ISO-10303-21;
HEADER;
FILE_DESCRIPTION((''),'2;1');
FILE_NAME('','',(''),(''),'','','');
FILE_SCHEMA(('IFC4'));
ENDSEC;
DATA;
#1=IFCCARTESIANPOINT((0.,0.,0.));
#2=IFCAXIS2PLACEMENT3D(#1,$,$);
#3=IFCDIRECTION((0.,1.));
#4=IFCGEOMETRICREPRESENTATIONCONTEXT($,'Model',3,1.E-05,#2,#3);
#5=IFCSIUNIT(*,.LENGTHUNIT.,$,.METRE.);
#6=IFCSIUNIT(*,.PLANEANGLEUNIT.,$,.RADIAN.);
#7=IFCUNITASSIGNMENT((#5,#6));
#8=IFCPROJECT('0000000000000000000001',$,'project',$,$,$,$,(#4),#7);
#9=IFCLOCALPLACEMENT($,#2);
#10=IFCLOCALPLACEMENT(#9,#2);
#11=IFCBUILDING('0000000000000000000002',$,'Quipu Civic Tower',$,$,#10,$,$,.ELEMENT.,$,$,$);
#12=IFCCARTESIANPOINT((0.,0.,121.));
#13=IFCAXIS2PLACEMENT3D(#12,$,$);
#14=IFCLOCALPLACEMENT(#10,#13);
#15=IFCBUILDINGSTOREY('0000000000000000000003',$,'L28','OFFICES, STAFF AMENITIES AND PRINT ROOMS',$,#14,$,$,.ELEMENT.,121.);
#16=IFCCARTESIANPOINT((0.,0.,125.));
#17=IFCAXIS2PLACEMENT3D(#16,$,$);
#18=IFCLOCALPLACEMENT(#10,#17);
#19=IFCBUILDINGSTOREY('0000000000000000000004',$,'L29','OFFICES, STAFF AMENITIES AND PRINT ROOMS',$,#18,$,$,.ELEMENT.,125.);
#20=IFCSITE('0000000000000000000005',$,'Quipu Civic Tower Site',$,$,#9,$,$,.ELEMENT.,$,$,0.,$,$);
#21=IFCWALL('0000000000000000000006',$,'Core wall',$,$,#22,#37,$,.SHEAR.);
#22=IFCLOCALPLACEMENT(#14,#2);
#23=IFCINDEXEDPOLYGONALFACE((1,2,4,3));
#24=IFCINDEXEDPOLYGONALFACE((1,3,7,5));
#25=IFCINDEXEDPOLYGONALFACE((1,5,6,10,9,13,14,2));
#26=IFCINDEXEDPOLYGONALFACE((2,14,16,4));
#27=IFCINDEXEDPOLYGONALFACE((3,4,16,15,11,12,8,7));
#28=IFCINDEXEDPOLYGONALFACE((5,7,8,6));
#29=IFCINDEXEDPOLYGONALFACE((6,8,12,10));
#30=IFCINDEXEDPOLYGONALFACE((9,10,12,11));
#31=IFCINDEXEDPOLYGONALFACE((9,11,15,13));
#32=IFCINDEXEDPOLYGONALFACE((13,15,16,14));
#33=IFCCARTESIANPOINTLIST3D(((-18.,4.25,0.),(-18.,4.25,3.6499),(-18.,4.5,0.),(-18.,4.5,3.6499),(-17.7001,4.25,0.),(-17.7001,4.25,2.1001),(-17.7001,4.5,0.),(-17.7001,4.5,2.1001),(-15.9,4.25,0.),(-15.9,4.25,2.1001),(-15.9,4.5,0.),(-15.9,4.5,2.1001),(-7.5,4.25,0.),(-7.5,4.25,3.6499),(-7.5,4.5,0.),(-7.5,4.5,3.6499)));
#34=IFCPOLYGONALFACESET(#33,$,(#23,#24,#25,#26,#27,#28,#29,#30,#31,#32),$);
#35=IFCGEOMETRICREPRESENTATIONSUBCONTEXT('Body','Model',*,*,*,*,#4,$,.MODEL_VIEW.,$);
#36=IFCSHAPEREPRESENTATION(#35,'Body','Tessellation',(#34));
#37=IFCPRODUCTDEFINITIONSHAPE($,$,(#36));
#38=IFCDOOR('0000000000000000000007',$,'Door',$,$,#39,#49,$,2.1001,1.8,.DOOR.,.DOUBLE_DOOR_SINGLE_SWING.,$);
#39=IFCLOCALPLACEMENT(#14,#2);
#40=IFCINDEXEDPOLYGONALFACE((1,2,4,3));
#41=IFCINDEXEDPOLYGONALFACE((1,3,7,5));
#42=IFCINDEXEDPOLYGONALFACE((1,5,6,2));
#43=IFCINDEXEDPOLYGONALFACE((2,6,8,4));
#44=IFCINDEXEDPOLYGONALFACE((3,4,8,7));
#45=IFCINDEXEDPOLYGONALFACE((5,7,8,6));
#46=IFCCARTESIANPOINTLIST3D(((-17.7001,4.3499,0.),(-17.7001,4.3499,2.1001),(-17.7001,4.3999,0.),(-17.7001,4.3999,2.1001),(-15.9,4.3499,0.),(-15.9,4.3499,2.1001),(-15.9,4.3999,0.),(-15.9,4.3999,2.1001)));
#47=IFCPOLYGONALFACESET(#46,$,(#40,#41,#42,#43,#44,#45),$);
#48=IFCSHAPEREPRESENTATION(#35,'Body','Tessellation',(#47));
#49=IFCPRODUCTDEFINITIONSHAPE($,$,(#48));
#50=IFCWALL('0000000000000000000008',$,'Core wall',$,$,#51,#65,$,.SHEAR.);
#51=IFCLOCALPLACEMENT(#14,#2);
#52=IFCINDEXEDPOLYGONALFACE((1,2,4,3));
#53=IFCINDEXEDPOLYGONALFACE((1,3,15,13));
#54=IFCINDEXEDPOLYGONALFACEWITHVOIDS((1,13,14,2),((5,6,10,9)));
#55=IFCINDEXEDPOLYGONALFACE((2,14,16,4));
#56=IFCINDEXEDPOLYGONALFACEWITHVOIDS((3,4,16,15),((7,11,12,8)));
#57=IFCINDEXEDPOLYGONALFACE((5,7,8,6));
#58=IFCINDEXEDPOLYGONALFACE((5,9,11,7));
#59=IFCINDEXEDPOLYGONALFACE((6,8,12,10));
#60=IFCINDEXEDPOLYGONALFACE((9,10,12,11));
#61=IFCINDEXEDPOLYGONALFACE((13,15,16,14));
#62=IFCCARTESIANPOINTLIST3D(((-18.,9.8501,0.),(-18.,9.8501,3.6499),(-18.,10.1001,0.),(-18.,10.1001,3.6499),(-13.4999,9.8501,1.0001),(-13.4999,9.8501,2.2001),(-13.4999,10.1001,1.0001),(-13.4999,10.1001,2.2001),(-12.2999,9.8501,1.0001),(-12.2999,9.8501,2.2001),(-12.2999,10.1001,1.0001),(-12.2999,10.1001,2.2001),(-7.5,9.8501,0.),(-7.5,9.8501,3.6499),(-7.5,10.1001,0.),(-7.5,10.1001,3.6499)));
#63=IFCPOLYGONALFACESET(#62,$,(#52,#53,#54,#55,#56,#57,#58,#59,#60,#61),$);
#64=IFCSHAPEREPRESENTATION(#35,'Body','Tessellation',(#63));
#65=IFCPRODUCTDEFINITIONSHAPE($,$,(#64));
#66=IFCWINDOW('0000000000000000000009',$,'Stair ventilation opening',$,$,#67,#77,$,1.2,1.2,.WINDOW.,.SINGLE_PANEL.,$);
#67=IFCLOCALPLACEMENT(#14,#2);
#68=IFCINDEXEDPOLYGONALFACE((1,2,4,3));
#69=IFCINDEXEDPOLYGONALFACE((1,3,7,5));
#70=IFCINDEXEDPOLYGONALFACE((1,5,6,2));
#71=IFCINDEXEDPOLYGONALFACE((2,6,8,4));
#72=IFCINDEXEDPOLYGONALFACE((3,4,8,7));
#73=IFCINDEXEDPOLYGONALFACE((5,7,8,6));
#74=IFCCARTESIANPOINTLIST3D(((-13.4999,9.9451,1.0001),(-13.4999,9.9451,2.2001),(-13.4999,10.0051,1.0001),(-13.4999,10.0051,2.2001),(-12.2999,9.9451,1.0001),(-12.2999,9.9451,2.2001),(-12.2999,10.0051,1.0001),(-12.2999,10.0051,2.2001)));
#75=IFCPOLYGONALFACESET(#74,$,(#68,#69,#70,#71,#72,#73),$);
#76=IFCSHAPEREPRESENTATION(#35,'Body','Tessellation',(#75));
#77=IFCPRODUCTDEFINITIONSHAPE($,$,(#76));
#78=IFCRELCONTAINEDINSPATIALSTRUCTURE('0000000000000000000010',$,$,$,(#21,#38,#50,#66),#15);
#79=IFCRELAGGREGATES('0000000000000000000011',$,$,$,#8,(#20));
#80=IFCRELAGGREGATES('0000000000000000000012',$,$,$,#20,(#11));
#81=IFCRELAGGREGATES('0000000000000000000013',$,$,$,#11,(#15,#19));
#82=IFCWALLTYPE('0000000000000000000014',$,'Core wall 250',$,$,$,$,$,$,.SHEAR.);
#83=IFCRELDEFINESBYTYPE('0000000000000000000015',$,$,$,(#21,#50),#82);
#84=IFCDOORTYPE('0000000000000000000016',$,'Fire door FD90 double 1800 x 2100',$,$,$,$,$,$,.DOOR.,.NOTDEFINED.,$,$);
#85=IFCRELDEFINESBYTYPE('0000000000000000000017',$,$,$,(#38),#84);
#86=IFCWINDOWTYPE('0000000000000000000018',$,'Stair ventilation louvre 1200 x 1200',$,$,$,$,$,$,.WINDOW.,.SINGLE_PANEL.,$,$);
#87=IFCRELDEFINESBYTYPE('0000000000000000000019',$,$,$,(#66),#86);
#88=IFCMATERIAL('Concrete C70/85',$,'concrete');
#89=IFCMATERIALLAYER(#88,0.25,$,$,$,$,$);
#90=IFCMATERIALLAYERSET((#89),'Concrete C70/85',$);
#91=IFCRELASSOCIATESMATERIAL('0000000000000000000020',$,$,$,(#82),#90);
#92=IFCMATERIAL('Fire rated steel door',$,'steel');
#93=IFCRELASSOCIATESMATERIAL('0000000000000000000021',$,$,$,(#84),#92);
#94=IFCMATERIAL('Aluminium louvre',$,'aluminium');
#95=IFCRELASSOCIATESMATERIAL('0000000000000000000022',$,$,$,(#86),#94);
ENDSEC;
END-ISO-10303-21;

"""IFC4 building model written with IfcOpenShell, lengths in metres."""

from ifc_helpers import new_model, si_unit, direction, frame, frame_2d, origin, place, context, subcontext, project, spatial, rectangle, extrude, material, layer, layer_set, type_object, element, fill, save


model = new_model("IFC4")

# Units and contexts
model_context = context("Model", 3, precision=1e-05, world=origin(), true_north=direction((0.0, 1.0)))
body_context = subcontext(model_context, "Body", "Model", "MODEL_VIEW")
ifc_project = project(units=[si_unit("LENGTHUNIT", "METRE"), si_unit("PLANEANGLEUNIT", "RADIAN")], contexts=[model_context])

# Site, building, storey
site_placement = place(None, origin())
site = spatial("IfcSite", under=ifc_project, at=site_placement, Name="Quipu Civic Tower Site", CompositionType="ELEMENT", RefElevation=0.0)
building_placement = place(site_placement, origin())
building = spatial("IfcBuilding", under=site, at=building_placement, Name="Quipu Civic Tower", CompositionType="ELEMENT")
storey_1_placement = place(building_placement, frame((0.0, 0.0, 121.0)))
storey_1 = spatial("IfcBuildingStorey", under=building, at=storey_1_placement, Name="L28", Description="OFFICES, STAFF AMENITIES AND PRINT ROOMS", CompositionType="ELEMENT", Elevation=121.0)

# Shared definitions
storey_2_placement = place(building_placement, frame((0.0, 0.0, 125.0)))
storey_2 = spatial("IfcBuildingStorey", under=building, at=storey_2_placement, Name="L29", Description="OFFICES, STAFF AMENITIES AND PRINT ROOMS", CompositionType="ELEMENT", Elevation=125.0)

# Wall, opening, door
ifc_material_1 = material(Name="Concrete C70/85", Category="concrete")
ifc_layer_1 = layer(ifc_material_1, 0.25)
ifc_layer_set_1 = layer_set([ifc_layer_1], Name="Concrete C70/85")
wall_type_1 = type_object("IfcWallType", Name="Core wall 250", PredefinedType="SHEAR", material=ifc_layer_set_1)
ifc_material_2 = material(Name="Fire rated steel door", Category="steel")
door_type_1 = type_object("IfcDoorType", Name="Fire door FD90 double 1800 x 2100", OperationType="NOTDEFINED", PredefinedType="DOOR", material=ifc_material_2)
wall_1_placement = place(storey_1_placement, frame((-18.0, 4.375, 0.0), z_axis=(0.0, 0.0, 1.0), x_axis=(1.0, 0.0, 0.0)))
wall_1 = element("IfcWall", 1, at=wall_1_placement, inside=storey_1, type_object=wall_type_1, Name="Core wall", PredefinedType="SHEAR", context=body_context, shape_type="SweptSolid", body=[
    extrude(rectangle(XDim=10.5, YDim=0.25, at=frame_2d((5.25, 0.0))), origin(), (0.0, 0.0, 1.0), 3.6499),
])
opening_1_placement = place(wall_1_placement, frame((0.3, 0.0, 0.0)))
opening_1 = element("IfcOpeningElement", 2, at=opening_1_placement, cuts=wall_1, PredefinedType="OPENING", context=body_context, shape_type="SweptSolid", body=[
    extrude(rectangle(XDim=1.8, YDim=2.1001, at=frame_2d((0.8999, 1.05))), frame((0.0, 0.135, 0.0), z_axis=(0.0, -1.0, 0.0), x_axis=(1.0, 0.0, 0.0)), (0.0, 0.0, 1.0), 0.27),
])
door_1_placement = place(opening_1_placement, origin())
door_1 = element("IfcDoor", 3, at=door_1_placement, inside=storey_1, type_object=door_type_1, Name="Door", OperationType="DOUBLE_DOOR_SINGLE_SWING", OverallHeight=2.1001, OverallWidth=1.8, PredefinedType="DOOR", context=body_context, shape_type="SweptSolid", body=[
    extrude(rectangle(XDim=1.8, YDim=2.1001, at=frame_2d((0.8999, 1.05))), frame((0.0, 0.0249, 0.0), z_axis=(0.0, -1.0, 0.0), x_axis=(1.0, 0.0, 0.0)), (0.0, 0.0, 1.0), 0.05),
])
fill(opening_1, door_1)

# Wall, opening, window
wall_2_placement = place(storey_1_placement, frame((-18.0, 9.9751, 0.0), z_axis=(0.0, 0.0, 1.0), x_axis=(1.0, 0.0, 0.0)))
wall_2 = element("IfcWall", 4, at=wall_2_placement, inside=storey_1, type_object=wall_type_1, Name="Core wall", PredefinedType="SHEAR", context=body_context, shape_type="SweptSolid", body=[
    extrude(rectangle(XDim=10.5, YDim=0.25, at=frame_2d((5.25, 0.0))), origin(), (0.0, 0.0, 1.0), 3.6499),
])
opening_2_placement = place(wall_2_placement, frame((4.5, 0.0, 1.0)))
opening_2 = element("IfcOpeningElement", 5, at=opening_2_placement, cuts=wall_2, PredefinedType="OPENING", context=body_context, shape_type="SweptSolid", body=[
    extrude(rectangle(XDim=1.2, YDim=1.2, at=frame_2d((0.6001, 0.6001))), frame((0.0, 0.135, 0.0), z_axis=(0.0, -1.0, 0.0), x_axis=(1.0, 0.0, 0.0)), (0.0, 0.0, 1.0), 0.27),
])
ifc_material_3 = material(Name="Aluminium louvre", Category="aluminium")
window_type = type_object("IfcWindowType", Name="Stair ventilation louvre 1200 x 1200", PartitioningType="SINGLE_PANEL", PredefinedType="WINDOW", material=ifc_material_3)
window_placement = place(opening_2_placement, origin())
window = element("IfcWindow", 6, at=window_placement, inside=storey_1, type_object=window_type, Name="Stair ventilation opening", OverallHeight=1.2, OverallWidth=1.2, PartitioningType="SINGLE_PANEL", PredefinedType="WINDOW", context=body_context, shape_type="SweptSolid", body=[
    extrude(rectangle(XDim=1.2, YDim=1.2, at=frame_2d((0.6001, 0.6001))), frame((0.0, 0.03, 0.0), z_axis=(0.0, -1.0, 0.0), x_axis=(1.0, 0.0, 0.0)), (0.0, 0.0, 1.0), 0.0601),
])
fill(opening_2, window)

save(model, "model.ifc")
